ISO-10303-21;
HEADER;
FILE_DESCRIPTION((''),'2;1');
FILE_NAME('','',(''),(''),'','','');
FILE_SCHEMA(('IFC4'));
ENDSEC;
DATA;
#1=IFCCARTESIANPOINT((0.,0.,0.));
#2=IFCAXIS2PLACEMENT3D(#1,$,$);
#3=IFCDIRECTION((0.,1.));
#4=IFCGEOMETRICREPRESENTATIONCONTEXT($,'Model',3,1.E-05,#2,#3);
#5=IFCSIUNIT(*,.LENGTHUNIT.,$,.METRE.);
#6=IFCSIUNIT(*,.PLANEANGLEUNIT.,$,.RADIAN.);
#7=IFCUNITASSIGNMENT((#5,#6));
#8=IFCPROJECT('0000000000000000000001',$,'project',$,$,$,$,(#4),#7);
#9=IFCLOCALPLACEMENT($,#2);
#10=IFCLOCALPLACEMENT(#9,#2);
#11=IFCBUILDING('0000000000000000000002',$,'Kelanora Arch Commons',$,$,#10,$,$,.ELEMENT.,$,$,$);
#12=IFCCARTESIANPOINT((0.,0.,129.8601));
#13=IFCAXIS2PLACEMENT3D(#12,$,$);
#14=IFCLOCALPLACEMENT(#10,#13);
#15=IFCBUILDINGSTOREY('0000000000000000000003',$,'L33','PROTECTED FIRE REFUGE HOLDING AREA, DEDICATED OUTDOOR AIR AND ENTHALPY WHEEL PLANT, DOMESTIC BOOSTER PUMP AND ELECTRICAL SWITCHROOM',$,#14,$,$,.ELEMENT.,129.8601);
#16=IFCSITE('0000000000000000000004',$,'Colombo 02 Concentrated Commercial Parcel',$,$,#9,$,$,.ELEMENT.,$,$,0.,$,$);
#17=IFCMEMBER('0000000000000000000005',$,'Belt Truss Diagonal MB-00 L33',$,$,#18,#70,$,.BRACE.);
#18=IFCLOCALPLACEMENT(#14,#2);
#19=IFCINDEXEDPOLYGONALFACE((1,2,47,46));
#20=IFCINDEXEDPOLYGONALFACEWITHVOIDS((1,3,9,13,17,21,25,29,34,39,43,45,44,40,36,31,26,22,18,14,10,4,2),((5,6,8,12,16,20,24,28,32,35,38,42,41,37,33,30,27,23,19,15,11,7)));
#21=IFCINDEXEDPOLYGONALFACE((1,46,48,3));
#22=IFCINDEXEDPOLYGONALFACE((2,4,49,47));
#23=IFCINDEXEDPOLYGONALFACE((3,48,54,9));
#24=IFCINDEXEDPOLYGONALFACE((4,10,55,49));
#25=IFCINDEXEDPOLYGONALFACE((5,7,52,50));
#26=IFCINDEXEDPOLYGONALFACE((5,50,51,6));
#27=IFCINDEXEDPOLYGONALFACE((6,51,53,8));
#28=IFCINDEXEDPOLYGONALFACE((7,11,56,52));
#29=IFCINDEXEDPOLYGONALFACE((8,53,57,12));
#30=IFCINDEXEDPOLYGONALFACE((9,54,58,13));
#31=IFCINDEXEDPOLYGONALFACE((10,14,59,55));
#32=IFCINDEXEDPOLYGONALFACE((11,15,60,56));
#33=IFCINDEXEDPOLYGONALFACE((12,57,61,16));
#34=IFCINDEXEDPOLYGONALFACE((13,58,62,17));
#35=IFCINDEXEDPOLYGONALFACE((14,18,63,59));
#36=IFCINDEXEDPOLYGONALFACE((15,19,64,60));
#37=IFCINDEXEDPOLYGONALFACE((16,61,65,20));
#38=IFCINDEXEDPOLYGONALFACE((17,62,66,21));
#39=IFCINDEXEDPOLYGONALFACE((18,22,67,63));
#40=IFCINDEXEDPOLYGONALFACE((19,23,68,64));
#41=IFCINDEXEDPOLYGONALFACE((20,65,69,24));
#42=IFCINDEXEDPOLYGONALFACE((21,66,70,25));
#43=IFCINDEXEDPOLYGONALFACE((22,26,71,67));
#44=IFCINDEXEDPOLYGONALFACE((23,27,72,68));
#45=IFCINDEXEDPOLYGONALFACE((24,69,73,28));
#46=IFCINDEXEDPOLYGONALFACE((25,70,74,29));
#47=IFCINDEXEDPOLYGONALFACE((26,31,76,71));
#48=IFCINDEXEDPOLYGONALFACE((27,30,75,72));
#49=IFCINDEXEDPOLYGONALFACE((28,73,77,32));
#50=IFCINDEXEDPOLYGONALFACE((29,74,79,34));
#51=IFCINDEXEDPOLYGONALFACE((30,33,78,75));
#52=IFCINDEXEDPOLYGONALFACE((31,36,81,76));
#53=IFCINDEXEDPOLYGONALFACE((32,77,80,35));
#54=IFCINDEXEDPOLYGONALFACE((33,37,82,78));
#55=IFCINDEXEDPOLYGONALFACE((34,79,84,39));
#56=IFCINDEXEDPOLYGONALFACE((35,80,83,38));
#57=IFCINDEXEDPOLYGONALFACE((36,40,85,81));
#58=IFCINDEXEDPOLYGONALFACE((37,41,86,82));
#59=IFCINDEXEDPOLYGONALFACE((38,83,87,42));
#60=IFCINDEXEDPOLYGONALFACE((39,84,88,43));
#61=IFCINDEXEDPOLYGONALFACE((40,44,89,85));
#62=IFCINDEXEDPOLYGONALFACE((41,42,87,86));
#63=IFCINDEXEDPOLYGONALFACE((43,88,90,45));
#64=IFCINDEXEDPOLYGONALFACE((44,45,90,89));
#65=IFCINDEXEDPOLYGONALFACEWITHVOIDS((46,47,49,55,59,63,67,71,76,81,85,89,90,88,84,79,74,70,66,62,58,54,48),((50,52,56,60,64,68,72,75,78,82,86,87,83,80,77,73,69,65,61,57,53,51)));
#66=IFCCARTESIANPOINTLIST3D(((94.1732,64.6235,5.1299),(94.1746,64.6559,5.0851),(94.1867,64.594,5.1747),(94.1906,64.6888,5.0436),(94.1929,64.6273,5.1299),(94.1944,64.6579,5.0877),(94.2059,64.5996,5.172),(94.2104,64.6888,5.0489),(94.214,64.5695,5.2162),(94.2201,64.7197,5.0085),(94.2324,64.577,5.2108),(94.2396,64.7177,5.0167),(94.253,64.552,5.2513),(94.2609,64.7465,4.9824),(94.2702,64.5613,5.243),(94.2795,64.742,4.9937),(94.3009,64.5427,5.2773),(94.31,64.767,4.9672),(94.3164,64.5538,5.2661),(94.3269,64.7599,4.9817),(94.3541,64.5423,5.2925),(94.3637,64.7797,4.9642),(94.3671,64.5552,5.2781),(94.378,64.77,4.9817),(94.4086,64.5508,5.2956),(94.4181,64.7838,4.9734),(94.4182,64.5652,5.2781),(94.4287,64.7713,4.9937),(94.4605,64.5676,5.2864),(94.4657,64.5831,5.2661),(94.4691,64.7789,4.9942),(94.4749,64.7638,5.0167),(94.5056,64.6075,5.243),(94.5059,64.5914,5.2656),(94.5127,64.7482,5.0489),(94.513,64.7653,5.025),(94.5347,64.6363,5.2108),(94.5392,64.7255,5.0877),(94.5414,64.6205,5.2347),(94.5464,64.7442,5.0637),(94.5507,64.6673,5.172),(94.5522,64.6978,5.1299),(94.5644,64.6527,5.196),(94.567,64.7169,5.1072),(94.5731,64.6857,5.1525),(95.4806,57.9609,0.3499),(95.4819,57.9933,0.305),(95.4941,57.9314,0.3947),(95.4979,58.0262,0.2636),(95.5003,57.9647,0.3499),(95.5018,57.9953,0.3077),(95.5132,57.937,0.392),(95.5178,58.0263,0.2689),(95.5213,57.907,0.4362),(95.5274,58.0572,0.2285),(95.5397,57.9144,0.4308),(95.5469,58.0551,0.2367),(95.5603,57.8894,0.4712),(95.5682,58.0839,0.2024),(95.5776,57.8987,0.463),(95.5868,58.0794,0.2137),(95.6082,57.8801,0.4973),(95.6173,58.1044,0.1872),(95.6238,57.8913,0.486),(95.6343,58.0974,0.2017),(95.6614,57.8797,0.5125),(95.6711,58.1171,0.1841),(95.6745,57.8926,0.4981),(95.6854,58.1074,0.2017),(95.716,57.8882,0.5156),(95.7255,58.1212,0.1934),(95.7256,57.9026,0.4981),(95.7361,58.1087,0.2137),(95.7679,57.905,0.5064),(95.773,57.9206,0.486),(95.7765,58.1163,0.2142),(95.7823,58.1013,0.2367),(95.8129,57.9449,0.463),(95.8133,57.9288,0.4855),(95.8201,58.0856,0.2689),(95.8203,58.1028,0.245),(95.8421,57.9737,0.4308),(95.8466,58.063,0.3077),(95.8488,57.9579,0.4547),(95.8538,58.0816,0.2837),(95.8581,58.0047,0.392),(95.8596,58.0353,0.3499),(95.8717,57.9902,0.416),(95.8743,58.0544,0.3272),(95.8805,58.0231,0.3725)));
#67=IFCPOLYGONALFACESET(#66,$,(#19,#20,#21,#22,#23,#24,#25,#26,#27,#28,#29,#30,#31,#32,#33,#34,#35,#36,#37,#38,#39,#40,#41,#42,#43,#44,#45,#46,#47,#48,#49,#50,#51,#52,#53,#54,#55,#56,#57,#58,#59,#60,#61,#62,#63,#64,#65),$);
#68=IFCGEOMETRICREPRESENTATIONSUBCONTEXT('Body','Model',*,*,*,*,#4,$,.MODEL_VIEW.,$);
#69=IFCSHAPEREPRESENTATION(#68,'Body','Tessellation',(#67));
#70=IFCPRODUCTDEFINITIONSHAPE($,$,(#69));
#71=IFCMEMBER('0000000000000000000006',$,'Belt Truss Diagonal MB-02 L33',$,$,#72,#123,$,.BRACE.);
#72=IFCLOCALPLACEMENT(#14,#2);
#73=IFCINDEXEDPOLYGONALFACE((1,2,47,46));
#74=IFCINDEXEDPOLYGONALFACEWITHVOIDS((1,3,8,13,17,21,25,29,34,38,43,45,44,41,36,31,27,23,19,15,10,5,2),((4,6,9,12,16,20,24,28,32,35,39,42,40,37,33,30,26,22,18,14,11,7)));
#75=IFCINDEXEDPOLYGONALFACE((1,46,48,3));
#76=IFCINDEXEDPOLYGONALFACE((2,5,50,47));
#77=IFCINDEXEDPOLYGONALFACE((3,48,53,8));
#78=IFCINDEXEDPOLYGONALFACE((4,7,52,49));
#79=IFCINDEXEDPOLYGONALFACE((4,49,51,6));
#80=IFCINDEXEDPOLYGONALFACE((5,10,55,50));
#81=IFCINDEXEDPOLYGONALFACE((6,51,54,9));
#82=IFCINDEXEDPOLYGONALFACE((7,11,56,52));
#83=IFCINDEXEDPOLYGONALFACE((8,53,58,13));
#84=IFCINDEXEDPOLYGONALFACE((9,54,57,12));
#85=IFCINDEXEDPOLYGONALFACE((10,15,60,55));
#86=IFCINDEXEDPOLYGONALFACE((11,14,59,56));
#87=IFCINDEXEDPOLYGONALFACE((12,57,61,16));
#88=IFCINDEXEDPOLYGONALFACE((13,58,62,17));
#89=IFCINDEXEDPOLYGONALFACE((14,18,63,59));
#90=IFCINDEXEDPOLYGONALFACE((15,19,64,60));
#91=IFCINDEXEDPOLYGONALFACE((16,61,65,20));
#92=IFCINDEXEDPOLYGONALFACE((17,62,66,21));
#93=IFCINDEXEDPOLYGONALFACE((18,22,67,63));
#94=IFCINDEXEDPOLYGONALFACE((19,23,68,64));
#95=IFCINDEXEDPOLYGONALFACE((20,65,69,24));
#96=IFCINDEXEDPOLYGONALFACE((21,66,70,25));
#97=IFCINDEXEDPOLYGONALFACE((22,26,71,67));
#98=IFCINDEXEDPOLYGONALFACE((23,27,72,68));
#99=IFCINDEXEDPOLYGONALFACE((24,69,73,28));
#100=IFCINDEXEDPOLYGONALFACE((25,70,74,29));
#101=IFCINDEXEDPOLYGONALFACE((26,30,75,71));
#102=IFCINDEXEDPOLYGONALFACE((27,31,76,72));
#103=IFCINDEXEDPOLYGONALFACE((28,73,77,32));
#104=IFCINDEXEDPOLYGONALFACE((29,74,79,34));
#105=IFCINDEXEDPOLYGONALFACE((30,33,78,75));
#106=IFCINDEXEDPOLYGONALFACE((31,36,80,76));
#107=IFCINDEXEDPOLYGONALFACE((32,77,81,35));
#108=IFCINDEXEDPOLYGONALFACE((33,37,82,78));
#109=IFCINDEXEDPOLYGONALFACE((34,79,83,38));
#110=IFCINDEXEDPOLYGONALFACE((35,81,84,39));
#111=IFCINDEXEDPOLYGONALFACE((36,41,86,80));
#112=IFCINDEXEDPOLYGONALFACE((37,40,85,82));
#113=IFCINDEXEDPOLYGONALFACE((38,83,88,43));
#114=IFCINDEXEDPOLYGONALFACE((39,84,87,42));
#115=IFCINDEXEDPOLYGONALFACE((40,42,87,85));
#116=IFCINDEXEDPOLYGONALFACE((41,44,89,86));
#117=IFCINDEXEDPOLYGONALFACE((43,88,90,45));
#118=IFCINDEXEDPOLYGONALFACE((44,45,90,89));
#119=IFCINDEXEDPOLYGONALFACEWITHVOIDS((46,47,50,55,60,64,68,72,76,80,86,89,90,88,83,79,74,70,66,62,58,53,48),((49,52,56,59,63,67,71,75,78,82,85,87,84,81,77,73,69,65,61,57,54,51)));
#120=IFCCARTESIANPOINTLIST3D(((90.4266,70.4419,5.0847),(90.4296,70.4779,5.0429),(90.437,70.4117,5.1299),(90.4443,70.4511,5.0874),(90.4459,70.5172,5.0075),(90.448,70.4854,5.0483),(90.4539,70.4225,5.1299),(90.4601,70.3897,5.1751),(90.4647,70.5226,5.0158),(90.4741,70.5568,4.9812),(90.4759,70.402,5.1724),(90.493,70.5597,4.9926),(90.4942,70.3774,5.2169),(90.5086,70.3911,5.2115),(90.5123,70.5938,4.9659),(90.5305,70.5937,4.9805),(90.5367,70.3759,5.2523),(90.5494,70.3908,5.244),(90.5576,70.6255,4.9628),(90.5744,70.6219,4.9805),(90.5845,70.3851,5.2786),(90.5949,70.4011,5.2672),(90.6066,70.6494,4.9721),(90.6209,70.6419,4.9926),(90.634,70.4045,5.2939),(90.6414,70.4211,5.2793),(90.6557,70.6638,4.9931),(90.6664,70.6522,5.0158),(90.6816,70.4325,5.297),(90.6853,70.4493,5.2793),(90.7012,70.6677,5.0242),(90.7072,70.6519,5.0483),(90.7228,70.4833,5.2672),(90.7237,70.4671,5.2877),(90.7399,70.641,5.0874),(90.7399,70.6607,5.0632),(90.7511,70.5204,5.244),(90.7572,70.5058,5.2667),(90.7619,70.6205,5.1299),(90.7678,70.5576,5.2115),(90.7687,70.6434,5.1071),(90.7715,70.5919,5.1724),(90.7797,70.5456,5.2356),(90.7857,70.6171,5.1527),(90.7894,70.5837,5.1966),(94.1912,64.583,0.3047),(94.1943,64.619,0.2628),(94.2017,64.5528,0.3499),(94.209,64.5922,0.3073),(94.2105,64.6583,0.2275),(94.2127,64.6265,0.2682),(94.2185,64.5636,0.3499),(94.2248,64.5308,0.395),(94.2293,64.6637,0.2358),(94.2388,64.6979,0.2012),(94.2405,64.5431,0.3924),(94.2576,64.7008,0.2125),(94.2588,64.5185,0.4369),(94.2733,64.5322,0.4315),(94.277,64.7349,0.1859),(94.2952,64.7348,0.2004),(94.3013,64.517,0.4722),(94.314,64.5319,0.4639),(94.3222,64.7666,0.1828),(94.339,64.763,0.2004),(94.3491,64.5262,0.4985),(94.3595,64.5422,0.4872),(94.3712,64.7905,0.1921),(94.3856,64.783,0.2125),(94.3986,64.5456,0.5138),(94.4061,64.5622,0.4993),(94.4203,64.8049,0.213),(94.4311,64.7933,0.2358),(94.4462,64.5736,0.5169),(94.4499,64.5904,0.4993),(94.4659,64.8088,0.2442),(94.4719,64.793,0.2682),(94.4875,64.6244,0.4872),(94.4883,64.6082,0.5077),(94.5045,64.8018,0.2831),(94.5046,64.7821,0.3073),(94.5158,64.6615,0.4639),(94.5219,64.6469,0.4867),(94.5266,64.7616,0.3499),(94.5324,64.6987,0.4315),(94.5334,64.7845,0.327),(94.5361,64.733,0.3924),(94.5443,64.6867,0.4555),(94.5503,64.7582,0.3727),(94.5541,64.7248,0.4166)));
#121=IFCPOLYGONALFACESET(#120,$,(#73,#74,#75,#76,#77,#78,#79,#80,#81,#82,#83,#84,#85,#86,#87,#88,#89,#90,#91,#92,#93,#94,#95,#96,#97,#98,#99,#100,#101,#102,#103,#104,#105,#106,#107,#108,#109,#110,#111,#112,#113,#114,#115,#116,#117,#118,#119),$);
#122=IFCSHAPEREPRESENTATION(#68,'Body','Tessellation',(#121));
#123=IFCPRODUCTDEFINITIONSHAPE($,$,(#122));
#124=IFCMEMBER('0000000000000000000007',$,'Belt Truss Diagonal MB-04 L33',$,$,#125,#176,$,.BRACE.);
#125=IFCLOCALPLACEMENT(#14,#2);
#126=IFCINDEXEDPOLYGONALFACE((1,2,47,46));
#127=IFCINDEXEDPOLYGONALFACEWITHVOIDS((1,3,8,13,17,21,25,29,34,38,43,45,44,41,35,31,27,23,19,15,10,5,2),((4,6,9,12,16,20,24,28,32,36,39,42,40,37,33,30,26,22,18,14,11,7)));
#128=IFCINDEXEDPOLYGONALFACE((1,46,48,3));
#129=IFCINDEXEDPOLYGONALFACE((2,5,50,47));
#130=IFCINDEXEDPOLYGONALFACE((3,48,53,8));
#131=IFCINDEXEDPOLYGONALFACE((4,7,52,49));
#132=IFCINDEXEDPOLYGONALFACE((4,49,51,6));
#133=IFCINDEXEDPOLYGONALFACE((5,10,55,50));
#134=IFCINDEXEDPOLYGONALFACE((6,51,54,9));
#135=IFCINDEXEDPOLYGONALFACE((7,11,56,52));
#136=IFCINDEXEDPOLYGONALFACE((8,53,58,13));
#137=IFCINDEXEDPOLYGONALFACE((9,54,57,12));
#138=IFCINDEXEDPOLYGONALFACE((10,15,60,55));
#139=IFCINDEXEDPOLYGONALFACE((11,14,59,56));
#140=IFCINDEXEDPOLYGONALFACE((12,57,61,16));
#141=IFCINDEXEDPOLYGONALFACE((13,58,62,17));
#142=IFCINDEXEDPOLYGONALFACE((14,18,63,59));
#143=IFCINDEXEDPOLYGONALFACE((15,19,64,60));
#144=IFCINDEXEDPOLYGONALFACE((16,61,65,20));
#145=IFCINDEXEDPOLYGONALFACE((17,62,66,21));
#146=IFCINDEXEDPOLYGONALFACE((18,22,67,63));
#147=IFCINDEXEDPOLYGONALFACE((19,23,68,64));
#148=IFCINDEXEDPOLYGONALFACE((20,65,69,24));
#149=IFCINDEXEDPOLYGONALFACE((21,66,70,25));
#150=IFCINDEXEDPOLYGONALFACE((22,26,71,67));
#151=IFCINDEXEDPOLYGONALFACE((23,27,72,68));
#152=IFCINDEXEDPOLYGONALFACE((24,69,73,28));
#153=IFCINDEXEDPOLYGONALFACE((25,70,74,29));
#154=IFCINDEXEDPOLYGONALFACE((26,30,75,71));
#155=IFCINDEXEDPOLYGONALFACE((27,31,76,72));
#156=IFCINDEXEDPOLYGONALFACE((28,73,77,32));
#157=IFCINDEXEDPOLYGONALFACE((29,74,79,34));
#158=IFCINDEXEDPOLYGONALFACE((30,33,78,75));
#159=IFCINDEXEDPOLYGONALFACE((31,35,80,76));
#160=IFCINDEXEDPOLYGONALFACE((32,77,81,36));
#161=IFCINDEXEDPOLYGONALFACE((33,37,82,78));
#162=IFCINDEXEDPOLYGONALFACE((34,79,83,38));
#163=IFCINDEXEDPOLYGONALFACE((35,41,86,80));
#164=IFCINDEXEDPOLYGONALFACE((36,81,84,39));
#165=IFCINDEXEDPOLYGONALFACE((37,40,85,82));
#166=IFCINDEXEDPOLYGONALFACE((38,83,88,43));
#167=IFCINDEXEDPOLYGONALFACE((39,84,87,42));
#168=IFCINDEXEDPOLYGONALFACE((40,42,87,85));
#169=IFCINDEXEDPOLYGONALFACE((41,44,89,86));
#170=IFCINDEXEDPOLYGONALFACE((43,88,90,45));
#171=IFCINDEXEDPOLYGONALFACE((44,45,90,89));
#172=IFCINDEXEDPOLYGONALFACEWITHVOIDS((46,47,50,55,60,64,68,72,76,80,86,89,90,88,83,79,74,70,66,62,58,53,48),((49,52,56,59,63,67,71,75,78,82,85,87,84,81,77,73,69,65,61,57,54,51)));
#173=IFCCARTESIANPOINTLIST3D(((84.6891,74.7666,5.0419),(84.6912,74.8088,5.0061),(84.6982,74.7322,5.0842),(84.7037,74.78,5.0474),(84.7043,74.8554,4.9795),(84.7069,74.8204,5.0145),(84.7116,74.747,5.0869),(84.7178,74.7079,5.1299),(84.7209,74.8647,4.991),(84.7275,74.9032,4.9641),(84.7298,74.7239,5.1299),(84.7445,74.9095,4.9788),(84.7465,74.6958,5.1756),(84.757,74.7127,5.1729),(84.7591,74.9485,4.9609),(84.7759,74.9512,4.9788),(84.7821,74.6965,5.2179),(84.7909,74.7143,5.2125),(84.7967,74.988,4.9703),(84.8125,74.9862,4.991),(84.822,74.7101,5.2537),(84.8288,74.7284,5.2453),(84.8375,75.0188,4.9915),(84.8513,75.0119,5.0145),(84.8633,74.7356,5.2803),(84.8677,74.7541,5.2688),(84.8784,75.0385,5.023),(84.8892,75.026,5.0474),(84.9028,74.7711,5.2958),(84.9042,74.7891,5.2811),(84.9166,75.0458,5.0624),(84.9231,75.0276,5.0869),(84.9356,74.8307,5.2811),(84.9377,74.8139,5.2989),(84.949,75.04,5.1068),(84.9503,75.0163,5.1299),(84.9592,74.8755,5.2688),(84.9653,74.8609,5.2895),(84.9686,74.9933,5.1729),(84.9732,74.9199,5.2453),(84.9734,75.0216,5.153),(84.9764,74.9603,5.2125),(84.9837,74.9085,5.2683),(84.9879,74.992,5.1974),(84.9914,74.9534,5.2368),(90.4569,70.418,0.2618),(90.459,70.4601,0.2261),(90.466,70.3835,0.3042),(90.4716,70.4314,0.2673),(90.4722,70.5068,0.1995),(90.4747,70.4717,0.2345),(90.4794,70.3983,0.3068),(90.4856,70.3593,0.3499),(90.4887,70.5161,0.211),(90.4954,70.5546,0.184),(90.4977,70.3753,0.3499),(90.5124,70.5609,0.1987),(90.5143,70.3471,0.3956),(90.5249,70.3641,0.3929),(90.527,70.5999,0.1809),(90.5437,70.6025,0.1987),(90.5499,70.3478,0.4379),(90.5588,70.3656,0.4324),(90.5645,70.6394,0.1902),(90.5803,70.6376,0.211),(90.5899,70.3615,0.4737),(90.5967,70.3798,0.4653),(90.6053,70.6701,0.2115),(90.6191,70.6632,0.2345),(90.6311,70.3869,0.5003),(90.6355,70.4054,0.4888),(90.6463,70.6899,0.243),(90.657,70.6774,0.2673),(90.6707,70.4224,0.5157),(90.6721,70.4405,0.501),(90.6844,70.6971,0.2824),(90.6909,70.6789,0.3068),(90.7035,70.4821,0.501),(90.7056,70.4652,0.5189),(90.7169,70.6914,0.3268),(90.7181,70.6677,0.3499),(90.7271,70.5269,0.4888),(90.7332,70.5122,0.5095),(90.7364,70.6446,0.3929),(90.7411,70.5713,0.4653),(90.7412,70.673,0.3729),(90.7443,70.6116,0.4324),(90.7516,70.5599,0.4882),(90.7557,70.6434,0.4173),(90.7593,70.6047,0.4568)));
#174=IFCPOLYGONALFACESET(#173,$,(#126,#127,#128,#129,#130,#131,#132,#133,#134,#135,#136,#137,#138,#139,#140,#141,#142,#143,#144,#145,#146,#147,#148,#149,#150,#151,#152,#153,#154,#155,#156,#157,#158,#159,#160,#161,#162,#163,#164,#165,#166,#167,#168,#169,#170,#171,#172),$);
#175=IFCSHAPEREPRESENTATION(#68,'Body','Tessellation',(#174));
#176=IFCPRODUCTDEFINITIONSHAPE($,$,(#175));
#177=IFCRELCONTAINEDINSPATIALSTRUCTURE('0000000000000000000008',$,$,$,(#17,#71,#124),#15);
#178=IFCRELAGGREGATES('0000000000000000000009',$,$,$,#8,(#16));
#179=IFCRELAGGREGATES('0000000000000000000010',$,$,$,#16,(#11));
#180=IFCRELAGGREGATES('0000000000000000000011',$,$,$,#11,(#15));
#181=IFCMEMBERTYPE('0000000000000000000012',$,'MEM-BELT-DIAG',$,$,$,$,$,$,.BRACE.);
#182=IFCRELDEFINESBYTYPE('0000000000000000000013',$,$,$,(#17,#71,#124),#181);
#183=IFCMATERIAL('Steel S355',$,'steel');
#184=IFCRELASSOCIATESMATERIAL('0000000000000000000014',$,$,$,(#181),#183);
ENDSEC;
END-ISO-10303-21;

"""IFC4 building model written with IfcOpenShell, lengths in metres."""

from ifc_helpers import new_model, si_unit, direction, frame, origin, origin_2d, place, context, subcontext, project, spatial, hollow_circle, extrude, material, material_profile, profile_set, type_object, element, save


model = new_model("IFC4")

# Units and contexts
model_context = context("Model", 3, precision=1e-05, world=origin(), true_north=direction((0.0, 1.0)))
body_context = subcontext(model_context, "Body", "Model", "MODEL_VIEW")
ifc_project = project(units=[si_unit("LENGTHUNIT", "METRE"), si_unit("PLANEANGLEUNIT", "RADIAN")], contexts=[model_context])

# Site, building, storey
site_placement = place(None, origin())
site = spatial("IfcSite", under=ifc_project, at=site_placement, Name="Colombo 02 Concentrated Commercial Parcel", CompositionType="ELEMENT", RefElevation=0.0)
building_placement = place(site_placement, origin())
building = spatial("IfcBuilding", under=site, at=building_placement, Name="Kelanora Arch Commons", CompositionType="ELEMENT")
storey_placement = place(building_placement, frame((0.0, 0.0, 129.8601)))
storey = spatial("IfcBuildingStorey", under=building, at=storey_placement, Name="L33", Description="PROTECTED FIRE REFUGE HOLDING AREA, DEDICATED OUTDOOR AIR AND ENTHALPY WHEEL PLANT, DOMESTIC BOOSTER PUMP AND ELECTRICAL SWITCHROOM", CompositionType="ELEMENT", Elevation=129.8601)

# Shared definitions
ifc_material_1 = material(Name="Steel S355", Category="steel")

# Members
ifc_material_profile_1 = material_profile(ifc_material_1, hollow_circle(Radius=0.2031, WallThickness=0.02, at=origin_2d()), Name="CHS406.4x20")
ifc_profile_set_1 = profile_set([ifc_material_profile_1], Name="Steel S355")
member_type = type_object("IfcMemberType", Name="MEM-BELT-DIAG", PredefinedType="BRACE", material=ifc_profile_set_1)
member_1_placement = place(storey_placement, frame((95.6799, 58.0, 0.3499), z_axis=(-0.157448, 0.802384, 0.575664), x_axis=(-0.981286, -0.192554, 0.0)))
element("IfcMember", 1, at=member_1_placement, inside=storey, type_object=member_type, Name="Belt Truss Diagonal MB-00 L33", PredefinedType="BRACE", context=body_context, shape_type="SweptSolid", body=[
    extrude(hollow_circle(Radius=0.2031, WallThickness=0.02, at=origin_2d()), origin(), (0.0, 0.0, 1.0), 8.3035),
])
member_2_placement = place(storey_placement, frame((94.3726, 64.6626, 0.3499), z_axis=(-0.445691, 0.693625, 0.565901), x_axis=(-0.841295, -0.540577, 0.0)))
element("IfcMember", 2, at=member_2_placement, inside=storey, type_object=member_type, Name="Belt Truss Diagonal MB-02 L33", PredefinedType="BRACE", context=body_context, shape_type="SweptSolid", body=[
    extrude(hollow_circle(Radius=0.2031, WallThickness=0.02, at=origin_2d()), origin(), (0.0, 0.0, 1.0), 8.4468),
])
member_3_placement = place(storey_placement, frame((90.6079, 70.5215, 0.3499), z_axis=(-0.665891, 0.502046, 0.551851), x_axis=(-0.602015, -0.798485, 0.0)))
element("IfcMember", 3, at=member_3_placement, inside=storey, type_object=member_type, Name="Belt Truss Diagonal MB-04 L33", PredefinedType="BRACE", context=body_context, shape_type="SweptSolid", body=[
    extrude(hollow_circle(Radius=0.2031, WallThickness=0.02, at=origin_2d()), origin(), (0.0, 0.0, 1.0), 8.6619),
])

save(model, "model.ifc")
